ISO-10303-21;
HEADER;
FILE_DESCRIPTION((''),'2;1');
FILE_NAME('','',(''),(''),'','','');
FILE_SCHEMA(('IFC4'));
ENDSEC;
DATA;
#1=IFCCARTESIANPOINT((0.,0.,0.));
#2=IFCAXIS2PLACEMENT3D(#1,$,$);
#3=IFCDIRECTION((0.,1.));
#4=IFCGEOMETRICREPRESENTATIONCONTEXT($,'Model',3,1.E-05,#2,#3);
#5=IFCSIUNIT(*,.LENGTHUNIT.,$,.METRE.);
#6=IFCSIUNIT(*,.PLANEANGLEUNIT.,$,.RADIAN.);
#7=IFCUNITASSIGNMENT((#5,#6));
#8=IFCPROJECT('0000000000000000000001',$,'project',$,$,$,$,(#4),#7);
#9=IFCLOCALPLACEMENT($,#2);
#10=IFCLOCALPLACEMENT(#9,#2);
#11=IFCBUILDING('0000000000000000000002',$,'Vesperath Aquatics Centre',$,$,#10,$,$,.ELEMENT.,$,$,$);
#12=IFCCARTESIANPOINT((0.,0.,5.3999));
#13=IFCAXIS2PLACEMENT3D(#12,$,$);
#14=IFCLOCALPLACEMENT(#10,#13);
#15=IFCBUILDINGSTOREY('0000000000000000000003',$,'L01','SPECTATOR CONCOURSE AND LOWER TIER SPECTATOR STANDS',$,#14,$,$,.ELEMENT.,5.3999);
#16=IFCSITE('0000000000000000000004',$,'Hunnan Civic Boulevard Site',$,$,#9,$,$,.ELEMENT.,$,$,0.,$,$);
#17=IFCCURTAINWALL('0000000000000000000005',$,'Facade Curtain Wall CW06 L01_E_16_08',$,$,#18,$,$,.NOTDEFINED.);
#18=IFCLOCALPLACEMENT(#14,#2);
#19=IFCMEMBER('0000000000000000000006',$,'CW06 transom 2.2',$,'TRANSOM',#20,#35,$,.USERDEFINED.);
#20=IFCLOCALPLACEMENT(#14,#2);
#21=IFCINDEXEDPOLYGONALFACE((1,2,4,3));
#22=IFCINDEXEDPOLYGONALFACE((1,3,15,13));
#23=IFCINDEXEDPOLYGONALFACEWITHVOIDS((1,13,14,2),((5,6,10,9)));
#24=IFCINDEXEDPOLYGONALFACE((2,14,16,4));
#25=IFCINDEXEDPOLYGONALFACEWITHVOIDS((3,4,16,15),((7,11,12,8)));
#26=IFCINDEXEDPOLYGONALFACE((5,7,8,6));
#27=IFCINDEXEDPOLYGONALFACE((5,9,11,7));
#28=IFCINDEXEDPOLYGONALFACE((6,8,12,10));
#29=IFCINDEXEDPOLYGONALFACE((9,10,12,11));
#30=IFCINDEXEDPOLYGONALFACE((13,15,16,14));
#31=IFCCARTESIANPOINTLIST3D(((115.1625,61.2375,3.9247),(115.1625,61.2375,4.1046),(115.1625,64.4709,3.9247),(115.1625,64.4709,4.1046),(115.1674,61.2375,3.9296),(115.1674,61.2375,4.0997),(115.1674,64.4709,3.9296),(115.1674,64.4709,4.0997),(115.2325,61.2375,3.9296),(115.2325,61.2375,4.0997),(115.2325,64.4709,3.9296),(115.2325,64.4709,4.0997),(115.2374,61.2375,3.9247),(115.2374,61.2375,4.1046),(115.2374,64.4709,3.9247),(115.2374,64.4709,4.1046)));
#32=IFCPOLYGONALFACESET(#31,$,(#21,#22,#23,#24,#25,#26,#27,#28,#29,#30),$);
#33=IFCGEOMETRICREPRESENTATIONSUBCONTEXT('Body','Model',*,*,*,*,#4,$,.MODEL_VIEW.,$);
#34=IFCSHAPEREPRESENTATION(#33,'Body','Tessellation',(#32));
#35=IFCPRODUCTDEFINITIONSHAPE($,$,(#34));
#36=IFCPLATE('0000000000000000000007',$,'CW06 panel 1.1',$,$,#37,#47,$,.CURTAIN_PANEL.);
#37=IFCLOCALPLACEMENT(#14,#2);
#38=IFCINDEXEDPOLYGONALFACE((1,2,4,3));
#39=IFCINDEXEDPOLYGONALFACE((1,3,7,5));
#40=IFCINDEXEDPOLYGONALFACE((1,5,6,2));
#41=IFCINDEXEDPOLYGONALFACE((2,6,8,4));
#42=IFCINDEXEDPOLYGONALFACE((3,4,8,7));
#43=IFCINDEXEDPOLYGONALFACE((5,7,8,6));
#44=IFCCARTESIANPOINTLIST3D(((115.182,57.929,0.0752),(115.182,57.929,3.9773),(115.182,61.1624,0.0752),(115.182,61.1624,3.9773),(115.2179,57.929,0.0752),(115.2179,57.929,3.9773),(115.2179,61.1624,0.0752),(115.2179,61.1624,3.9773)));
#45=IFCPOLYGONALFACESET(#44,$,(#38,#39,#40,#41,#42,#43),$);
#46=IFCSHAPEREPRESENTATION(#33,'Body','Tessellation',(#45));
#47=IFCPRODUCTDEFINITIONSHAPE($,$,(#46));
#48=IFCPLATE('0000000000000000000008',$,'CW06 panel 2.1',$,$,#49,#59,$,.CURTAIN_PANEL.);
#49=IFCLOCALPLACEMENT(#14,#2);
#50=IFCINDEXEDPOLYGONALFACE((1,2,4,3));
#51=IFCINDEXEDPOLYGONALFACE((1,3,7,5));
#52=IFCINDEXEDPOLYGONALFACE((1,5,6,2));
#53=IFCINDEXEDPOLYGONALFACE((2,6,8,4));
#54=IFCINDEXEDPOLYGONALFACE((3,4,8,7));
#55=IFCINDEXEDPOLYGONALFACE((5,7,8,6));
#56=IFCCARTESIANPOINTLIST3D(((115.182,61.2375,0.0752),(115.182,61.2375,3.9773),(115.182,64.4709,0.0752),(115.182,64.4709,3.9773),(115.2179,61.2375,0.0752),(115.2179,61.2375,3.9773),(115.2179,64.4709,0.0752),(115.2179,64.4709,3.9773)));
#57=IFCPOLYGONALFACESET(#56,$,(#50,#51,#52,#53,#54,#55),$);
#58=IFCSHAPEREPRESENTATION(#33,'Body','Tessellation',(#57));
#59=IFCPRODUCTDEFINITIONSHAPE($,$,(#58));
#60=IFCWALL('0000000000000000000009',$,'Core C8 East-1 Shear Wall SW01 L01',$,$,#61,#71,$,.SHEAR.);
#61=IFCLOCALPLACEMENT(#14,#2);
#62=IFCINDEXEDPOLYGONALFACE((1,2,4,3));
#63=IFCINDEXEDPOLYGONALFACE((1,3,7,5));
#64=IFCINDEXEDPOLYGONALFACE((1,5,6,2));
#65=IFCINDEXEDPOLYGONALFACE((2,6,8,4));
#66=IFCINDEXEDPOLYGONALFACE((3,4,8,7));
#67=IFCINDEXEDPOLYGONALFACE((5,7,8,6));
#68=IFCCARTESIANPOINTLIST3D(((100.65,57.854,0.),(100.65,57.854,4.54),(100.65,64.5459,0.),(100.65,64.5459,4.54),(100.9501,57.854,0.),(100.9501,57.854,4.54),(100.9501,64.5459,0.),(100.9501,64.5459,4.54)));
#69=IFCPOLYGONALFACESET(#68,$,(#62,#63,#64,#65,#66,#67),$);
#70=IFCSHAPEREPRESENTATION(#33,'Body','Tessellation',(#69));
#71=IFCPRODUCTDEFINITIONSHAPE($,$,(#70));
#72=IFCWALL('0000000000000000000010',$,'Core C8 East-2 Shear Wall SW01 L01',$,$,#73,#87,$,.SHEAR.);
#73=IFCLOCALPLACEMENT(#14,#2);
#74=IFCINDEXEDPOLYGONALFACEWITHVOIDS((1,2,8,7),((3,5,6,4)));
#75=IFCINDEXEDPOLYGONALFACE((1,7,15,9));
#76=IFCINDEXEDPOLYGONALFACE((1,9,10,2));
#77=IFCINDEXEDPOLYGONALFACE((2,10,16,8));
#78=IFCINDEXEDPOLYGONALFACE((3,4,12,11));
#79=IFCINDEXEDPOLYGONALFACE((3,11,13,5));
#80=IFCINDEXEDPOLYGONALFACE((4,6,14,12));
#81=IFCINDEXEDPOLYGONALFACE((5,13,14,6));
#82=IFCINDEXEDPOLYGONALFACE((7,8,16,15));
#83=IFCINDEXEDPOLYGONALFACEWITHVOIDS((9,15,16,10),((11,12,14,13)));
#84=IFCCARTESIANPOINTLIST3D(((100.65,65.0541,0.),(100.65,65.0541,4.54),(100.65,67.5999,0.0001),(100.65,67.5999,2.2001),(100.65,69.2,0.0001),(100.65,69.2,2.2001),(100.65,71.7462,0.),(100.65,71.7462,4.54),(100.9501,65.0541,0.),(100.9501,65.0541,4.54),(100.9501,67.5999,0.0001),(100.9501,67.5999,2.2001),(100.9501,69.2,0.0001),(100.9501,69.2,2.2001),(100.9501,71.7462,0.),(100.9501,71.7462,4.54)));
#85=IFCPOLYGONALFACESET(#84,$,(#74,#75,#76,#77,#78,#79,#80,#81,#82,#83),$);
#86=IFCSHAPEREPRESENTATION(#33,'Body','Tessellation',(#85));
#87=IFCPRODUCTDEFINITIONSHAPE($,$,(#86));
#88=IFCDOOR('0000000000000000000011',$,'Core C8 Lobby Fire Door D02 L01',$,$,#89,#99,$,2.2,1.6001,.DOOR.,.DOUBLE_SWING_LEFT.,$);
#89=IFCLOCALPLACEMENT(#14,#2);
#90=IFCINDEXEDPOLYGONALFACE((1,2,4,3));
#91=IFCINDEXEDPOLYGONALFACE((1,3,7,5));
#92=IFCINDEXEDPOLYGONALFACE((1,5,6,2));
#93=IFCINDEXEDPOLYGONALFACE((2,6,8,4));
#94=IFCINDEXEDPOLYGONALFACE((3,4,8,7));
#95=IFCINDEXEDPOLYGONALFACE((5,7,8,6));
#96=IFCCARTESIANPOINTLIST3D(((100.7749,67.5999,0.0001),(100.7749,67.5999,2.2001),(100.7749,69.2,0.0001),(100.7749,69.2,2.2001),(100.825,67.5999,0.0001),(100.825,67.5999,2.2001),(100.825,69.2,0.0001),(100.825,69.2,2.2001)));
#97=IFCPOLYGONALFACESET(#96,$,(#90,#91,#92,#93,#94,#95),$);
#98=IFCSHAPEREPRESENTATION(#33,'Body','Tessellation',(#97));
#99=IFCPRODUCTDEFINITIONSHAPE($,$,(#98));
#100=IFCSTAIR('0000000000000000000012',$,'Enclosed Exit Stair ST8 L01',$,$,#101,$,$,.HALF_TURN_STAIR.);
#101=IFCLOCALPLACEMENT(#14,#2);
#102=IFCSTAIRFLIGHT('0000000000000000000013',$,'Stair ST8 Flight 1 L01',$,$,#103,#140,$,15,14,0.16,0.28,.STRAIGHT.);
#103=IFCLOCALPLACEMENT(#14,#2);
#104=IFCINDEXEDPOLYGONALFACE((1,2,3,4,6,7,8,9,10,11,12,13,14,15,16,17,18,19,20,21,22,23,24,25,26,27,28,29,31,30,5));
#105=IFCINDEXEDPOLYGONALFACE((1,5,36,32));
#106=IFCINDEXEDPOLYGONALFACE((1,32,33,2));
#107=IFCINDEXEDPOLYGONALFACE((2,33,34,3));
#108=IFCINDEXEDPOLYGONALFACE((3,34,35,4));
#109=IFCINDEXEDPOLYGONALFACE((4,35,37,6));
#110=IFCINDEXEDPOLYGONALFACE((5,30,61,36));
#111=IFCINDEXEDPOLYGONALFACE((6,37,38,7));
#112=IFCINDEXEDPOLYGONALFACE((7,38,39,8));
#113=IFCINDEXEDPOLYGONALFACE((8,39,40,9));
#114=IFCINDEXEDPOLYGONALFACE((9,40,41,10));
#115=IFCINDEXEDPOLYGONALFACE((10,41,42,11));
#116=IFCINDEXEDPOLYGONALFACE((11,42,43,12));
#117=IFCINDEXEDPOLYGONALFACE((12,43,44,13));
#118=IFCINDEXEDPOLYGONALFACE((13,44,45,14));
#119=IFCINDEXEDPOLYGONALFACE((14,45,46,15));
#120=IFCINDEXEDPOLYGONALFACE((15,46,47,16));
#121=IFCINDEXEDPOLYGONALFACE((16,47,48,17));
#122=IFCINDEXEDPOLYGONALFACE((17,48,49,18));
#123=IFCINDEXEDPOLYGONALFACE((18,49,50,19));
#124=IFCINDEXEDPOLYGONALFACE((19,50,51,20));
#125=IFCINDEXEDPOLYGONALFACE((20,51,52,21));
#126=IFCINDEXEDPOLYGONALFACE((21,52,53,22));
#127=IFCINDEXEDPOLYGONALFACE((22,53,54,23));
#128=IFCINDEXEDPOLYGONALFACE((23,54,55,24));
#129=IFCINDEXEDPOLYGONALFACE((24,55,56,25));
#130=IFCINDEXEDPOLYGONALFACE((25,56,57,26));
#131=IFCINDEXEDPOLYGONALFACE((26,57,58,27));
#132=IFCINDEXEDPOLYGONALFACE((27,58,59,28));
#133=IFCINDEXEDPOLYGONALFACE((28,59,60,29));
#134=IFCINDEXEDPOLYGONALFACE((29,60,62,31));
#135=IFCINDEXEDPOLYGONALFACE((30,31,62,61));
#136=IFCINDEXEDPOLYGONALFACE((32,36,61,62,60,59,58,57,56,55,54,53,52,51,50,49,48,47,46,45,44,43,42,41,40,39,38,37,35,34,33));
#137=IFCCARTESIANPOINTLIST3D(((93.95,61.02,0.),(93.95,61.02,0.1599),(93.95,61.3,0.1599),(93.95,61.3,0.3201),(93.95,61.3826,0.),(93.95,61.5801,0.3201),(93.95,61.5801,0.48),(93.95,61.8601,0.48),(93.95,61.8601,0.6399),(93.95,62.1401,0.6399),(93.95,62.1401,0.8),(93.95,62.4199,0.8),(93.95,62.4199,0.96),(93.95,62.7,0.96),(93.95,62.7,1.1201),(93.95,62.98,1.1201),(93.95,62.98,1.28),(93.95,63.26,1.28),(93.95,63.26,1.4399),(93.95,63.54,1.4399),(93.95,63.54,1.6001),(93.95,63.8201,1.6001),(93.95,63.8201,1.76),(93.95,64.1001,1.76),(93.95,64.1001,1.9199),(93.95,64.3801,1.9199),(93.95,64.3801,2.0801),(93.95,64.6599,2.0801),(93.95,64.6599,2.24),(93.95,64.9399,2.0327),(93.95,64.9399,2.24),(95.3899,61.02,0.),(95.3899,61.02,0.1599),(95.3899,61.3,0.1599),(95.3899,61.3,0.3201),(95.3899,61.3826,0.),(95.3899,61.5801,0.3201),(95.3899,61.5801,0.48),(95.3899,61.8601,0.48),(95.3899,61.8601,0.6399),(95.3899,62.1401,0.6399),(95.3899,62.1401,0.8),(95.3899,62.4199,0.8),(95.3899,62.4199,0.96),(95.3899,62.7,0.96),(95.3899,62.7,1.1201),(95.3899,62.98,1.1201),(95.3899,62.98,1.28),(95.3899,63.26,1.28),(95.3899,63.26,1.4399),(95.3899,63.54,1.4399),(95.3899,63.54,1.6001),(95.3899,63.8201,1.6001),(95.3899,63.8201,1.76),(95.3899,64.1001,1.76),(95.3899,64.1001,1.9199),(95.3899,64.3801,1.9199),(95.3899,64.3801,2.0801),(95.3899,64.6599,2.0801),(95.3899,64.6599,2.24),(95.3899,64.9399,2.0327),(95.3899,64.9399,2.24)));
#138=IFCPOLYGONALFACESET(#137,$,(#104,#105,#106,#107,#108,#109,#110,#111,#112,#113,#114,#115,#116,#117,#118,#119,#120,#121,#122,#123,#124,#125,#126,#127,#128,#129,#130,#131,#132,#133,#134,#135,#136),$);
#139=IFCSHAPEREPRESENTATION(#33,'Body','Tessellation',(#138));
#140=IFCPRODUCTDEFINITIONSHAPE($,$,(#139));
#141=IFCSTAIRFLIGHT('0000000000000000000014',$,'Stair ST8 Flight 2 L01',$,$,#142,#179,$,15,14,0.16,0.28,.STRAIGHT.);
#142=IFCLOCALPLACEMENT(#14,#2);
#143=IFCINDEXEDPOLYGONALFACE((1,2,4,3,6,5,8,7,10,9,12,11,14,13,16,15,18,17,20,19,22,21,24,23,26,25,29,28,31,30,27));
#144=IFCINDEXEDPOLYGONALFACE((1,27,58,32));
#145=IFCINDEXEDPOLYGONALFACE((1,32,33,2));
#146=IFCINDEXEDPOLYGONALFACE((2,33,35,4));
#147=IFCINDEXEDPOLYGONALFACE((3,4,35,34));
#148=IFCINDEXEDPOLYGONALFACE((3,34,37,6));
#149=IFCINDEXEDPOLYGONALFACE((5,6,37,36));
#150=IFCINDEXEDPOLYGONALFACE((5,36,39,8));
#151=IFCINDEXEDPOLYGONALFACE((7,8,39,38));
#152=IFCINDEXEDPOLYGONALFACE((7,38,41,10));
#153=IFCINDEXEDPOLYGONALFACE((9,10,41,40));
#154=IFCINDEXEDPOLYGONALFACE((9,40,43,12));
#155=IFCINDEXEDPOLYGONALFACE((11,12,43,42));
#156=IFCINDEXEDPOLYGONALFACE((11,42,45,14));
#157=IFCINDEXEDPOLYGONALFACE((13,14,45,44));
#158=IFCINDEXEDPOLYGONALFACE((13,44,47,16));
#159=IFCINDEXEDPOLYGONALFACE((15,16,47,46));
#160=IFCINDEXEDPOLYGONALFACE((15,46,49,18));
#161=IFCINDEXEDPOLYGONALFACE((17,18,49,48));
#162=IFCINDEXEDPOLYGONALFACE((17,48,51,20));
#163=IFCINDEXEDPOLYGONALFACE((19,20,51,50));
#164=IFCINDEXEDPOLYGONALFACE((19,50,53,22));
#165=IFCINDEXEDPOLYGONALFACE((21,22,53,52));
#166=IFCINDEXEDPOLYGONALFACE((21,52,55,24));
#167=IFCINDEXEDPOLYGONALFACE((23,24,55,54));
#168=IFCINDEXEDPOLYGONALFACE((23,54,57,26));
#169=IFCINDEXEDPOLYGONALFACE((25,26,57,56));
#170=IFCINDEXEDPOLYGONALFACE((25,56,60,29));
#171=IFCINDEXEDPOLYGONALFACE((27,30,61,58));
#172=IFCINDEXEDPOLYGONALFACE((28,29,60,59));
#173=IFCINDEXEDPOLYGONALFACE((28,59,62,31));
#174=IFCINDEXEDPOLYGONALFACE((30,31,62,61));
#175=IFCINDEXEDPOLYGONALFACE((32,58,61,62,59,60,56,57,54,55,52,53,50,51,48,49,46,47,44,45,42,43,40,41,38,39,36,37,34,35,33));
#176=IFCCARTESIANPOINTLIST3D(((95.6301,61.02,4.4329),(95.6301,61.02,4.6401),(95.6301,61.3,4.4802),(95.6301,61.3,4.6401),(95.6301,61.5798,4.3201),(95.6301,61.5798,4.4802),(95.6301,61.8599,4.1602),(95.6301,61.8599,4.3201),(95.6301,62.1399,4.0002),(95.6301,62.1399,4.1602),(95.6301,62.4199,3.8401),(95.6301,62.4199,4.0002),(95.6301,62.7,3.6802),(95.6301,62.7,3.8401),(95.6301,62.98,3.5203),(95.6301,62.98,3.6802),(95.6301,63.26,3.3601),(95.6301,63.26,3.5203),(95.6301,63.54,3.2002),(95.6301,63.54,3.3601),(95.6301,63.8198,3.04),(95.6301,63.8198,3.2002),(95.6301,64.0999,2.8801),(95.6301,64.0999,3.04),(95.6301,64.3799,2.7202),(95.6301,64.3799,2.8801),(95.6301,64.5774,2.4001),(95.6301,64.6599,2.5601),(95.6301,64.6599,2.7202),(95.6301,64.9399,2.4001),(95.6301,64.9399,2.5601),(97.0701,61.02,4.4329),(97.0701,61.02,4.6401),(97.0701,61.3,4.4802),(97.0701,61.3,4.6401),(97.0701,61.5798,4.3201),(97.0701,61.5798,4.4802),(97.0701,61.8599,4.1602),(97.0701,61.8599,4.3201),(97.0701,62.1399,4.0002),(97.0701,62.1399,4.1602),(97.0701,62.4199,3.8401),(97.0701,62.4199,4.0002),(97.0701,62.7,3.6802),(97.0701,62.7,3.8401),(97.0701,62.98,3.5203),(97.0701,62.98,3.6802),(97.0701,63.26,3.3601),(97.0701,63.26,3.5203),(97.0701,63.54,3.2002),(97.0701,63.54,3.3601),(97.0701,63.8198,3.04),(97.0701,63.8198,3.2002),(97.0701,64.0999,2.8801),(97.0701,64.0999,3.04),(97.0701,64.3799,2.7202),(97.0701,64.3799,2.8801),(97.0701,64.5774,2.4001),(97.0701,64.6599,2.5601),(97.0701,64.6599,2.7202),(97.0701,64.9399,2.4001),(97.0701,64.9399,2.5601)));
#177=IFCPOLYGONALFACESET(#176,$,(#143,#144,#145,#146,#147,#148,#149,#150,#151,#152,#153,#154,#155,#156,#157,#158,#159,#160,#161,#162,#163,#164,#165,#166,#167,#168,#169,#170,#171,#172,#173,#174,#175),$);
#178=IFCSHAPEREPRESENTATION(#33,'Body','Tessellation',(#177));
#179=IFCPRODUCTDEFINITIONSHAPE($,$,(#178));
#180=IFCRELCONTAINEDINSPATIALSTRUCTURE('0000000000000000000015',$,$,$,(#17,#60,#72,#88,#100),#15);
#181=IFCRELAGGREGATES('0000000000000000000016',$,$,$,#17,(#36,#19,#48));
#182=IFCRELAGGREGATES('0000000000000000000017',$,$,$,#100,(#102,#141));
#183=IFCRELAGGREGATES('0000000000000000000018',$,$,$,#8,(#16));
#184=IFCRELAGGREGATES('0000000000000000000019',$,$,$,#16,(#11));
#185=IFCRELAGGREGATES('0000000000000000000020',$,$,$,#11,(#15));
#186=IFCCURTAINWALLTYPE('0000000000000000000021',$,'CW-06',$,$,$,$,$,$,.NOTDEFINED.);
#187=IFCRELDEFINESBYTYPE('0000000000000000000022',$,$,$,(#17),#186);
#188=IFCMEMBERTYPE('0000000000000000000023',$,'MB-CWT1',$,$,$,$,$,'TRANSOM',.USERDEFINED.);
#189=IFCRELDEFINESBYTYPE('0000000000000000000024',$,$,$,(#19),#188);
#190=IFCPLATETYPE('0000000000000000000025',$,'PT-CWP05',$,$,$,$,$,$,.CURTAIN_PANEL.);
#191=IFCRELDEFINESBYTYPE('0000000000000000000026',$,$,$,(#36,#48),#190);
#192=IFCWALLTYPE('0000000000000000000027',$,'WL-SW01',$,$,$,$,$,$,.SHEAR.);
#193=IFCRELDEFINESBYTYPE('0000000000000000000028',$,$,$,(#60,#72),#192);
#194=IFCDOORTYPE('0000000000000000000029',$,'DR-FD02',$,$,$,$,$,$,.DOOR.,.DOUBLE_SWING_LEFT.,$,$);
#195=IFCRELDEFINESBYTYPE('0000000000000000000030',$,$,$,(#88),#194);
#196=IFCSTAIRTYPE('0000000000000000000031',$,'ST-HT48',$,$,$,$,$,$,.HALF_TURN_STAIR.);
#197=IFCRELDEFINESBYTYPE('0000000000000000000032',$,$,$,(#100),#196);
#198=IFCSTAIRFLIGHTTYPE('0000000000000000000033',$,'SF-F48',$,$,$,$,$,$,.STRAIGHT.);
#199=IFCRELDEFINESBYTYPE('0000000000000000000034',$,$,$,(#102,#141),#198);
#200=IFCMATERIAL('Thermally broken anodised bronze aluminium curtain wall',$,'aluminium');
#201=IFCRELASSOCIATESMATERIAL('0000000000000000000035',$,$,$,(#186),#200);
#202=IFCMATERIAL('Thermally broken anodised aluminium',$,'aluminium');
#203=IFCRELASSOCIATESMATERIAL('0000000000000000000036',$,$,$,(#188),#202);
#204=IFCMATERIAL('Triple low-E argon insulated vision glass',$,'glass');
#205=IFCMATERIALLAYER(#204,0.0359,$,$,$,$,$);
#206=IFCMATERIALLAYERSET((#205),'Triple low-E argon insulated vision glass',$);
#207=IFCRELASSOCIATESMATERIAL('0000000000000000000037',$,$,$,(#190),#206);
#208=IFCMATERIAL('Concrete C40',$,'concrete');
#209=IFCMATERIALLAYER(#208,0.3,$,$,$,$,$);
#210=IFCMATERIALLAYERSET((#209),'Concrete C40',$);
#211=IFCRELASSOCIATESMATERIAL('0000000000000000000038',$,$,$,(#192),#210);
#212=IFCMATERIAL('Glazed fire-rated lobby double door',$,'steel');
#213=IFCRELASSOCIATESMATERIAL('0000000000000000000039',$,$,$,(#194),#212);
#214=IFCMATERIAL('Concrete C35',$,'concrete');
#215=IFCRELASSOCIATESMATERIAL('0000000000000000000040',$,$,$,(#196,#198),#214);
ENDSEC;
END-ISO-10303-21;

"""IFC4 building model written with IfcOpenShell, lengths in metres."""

from ifc_helpers import new_model, si_unit, direction, frame, frame_2d, origin, origin_2d, place, context, subcontext, project, spatial, polyline, rectangle, hollow_rectangle, outline, extrude, material, layer, layer_set, material_profile, profile_set, type_object, element, fill, aggregate, save


model = new_model("IFC4")

# Units and contexts
model_context = context("Model", 3, precision=1e-05, world=origin(), true_north=direction((0.0, 1.0)))
body_context = subcontext(model_context, "Body", "Model", "MODEL_VIEW")
ifc_project = project(units=[si_unit("LENGTHUNIT", "METRE"), si_unit("PLANEANGLEUNIT", "RADIAN")], contexts=[model_context])

# Site, building, storey
site_placement = place(None, origin())
site = spatial("IfcSite", under=ifc_project, at=site_placement, Name="Hunnan Civic Boulevard Site", CompositionType="ELEMENT", RefElevation=0.0)
building_placement = place(site_placement, origin())
building = spatial("IfcBuilding", under=site, at=building_placement, Name="Vesperath Aquatics Centre", CompositionType="ELEMENT")
storey_placement = place(building_placement, frame((0.0, 0.0, 5.3999)))
storey = spatial("IfcBuildingStorey", under=building, at=storey_placement, Name="L01", Description="SPECTATOR CONCOURSE AND LOWER TIER SPECTATOR STANDS", CompositionType="ELEMENT", Elevation=5.3999)

# Shared definitions
ifc_material_1 = material(Name="Concrete C35", Category="concrete")

# Curtain wall, member, plates
ifc_material_2 = material(Name="Thermally broken anodised bronze aluminium curtain wall", Category="aluminium")
curtain_wall_type = type_object("IfcCurtainWallType", Name="CW-06", PredefinedType="NOTDEFINED", material=ifc_material_2)
curtain_wall_placement = place(storey_placement, origin())
curtain_wall = element("IfcCurtainWall", 1, at=curtain_wall_placement, inside=storey, type_object=curtain_wall_type, Name="Facade Curtain Wall CW06 L01_E_16_08", PredefinedType="NOTDEFINED")
ifc_material_3 = material(Name="Thermally broken anodised aluminium", Category="aluminium")
ifc_material_profile_1 = material_profile(ifc_material_3, hollow_rectangle(XDim=0.075, YDim=0.1799, WallThickness=0.0049, at=origin_2d()), Name="CWT 75x180x5")
ifc_profile_set_1 = profile_set([ifc_material_profile_1], Name="Thermally broken anodised aluminium")
member_type_1 = type_object("IfcMemberType", Name="MB-CWT1", ElementType="TRANSOM", PredefinedType="USERDEFINED", material=ifc_profile_set_1)
member_1_placement = place(storey_placement, frame((115.2, 61.2375, 4.0146), z_axis=(0.0, 1.0, 0.0), x_axis=(-1.0, 0.0, 0.0)))
member_1 = element("IfcMember", 2, at=member_1_placement, type_object=member_type_1, Name="CW06 transom 2.2", ObjectType="TRANSOM", PredefinedType="USERDEFINED", context=body_context, shape_type="SweptSolid", body=[
    extrude(hollow_rectangle(XDim=0.075, YDim=0.1799, WallThickness=0.0049, at=origin_2d()), origin(), (0.0, 0.0, 1.0), 3.2334),
])
ifc_material_4 = material(Name="Triple low-E argon insulated vision glass", Category="glass")
ifc_layer_1 = layer(ifc_material_4, 0.0359)
ifc_layer_set_1 = layer_set([ifc_layer_1], Name="Triple low-E argon insulated vision glass")
plate_type = type_object("IfcPlateType", Name="PT-CWP05", PredefinedType="CURTAIN_PANEL", material=ifc_layer_set_1)
plate_1_placement = place(storey_placement, frame((115.2, 59.5457, 0.0752), z_axis=(0.0, 0.0, 1.0), x_axis=(0.0, 1.0, 0.0)))
plate_1 = element("IfcPlate", 3, at=plate_1_placement, type_object=plate_type, Name="CW06 panel 1.1", PredefinedType="CURTAIN_PANEL", context=body_context, shape_type="SweptSolid", body=[
    extrude(rectangle(XDim=3.2334, YDim=0.0359, at=origin_2d()), origin(), (0.0, 0.0, 1.0), 3.9021),
])
plate_2_placement = place(storey_placement, frame((115.2, 62.8542, 0.0752), z_axis=(0.0, 0.0, 1.0), x_axis=(0.0, 1.0, 0.0)))
plate_2 = element("IfcPlate", 4, at=plate_2_placement, type_object=plate_type, Name="CW06 panel 2.1", PredefinedType="CURTAIN_PANEL", context=body_context, shape_type="SweptSolid", body=[
    extrude(rectangle(XDim=3.2334, YDim=0.0359, at=origin_2d()), origin(), (0.0, 0.0, 1.0), 3.9021),
])
aggregate(curtain_wall, [plate_1, member_1, plate_2])

# Wall
ifc_material_5 = material(Name="Concrete C40", Category="concrete")
ifc_layer_2 = layer(ifc_material_5, 0.3)
ifc_layer_set_2 = layer_set([ifc_layer_2], Name="Concrete C40")
wall_type = type_object("IfcWallType", Name="WL-SW01", PredefinedType="SHEAR", material=ifc_layer_set_2)
wall_1_placement = place(storey_placement, frame((100.8, 57.854, 0.0), z_axis=(0.0, 0.0, 1.0), x_axis=(0.0, 1.0, 0.0)))
element("IfcWall", 5, at=wall_1_placement, inside=storey, type_object=wall_type, Name="Core C8 East-1 Shear Wall SW01 L01", PredefinedType="SHEAR", context=body_context, shape_type="SweptSolid", body=[
    extrude(rectangle(XDim=6.6919, YDim=0.3, at=frame_2d((3.3459, 0.0))), origin(), (0.0, 0.0, 1.0), 4.54),
])

# Wall, opening, door
wall_2_placement = place(storey_placement, frame((100.8, 65.054, 0.0), z_axis=(0.0, 0.0, 1.0), x_axis=(0.0, 1.0, 0.0)))
wall_2 = element("IfcWall", 6, at=wall_2_placement, inside=storey, type_object=wall_type, Name="Core C8 East-2 Shear Wall SW01 L01", PredefinedType="SHEAR", context=body_context, shape_type="SweptSolid", body=[
    extrude(rectangle(XDim=6.6921, YDim=0.3, at=frame_2d((3.3462, 0.0))), origin(), (0.0, 0.0, 1.0), 4.54),
])
opening_placement = place(wall_2_placement, frame((2.5459, 0.0, 0.0)))
opening = element("IfcOpeningElement", 7, at=opening_placement, cuts=wall_2, PredefinedType="OPENING", context=body_context, shape_type="SweptSolid", body=[
    extrude(rectangle(XDim=1.6001, YDim=2.2, at=frame_2d((0.8, 1.1001))), frame((0.0, 0.165, 0.0), z_axis=(0.0, -1.0, 0.0), x_axis=(1.0, 0.0, 0.0)), (0.0, 0.0, 1.0), 0.3298),
])
ifc_material_6 = material(Name="Glazed fire-rated lobby double door", Category="steel")
door_type = type_object("IfcDoorType", Name="DR-FD02", OperationType="DOUBLE_SWING_LEFT", PredefinedType="DOOR", material=ifc_material_6)
door_placement = place(opening_placement, frame((1.6001, 0.0, 0.0), z_axis=(0.0, 0.0, 1.0), x_axis=(-1.0, 0.0, 0.0)))
door = element("IfcDoor", 8, at=door_placement, inside=storey, type_object=door_type, Name="Core C8 Lobby Fire Door D02 L01", OperationType="DOUBLE_SWING_LEFT", OverallHeight=2.2, OverallWidth=1.6001, PredefinedType="DOOR", context=body_context, shape_type="SweptSolid", body=[
    extrude(rectangle(XDim=1.6001, YDim=2.2, at=frame_2d((0.8, 1.1001))), frame((0.0, 0.0249, 0.0), z_axis=(0.0, -1.0, 0.0), x_axis=(1.0, 0.0, 0.0)), (0.0, 0.0, 1.0), 0.05),
])
fill(opening, door)

# Stair, stair flights
stair_type = type_object("IfcStairType", Name="ST-HT48", PredefinedType="HALF_TURN_STAIR", material=ifc_material_1)
stair_placement = place(storey_placement, origin())
stair = element("IfcStair", 9, at=stair_placement, inside=storey, type_object=stair_type, Name="Enclosed Exit Stair ST8 L01", PredefinedType="HALF_TURN_STAIR")
stair_flight_type = type_object("IfcStairFlightType", Name="SF-F48", PredefinedType="STRAIGHT", material=ifc_material_1)
stair_flight_1_placement = place(storey_placement, frame((94.6699, 61.02, 0.0), z_axis=(0.0, 0.0, 1.0), x_axis=(0.0, 1.0, 0.0)))
stair_flight_1 = element("IfcStairFlight", 10, at=stair_flight_1_placement, type_object=stair_flight_type, Name="Stair ST8 Flight 1 L01", NumberOfRisers=15, NumberOfTreads=14, PredefinedType="STRAIGHT", RiserHeight=0.16, TreadLength=0.28, context=body_context, shape_type="SweptSolid", body=[
    extrude(outline(polyline([(0.0, 0.0), (0.0, 0.1599), (0.28, 0.1599), (0.28, 0.3201), (0.5601, 0.3201), (0.5601, 0.48), (0.8401, 0.48), (0.8401, 0.6399), (1.1201, 0.6399), (1.1201, 0.8), (1.3999, 0.8), (1.3999, 0.96), (1.6799, 0.96), (1.6799, 1.1201), (1.96, 1.1201), (1.96, 1.28), (2.24, 1.28), (2.24, 1.4399), (2.52, 1.4399), (2.52, 1.6001), (2.8, 1.6001), (2.8, 1.76), (3.0801, 1.76), (3.0801, 1.9199), (3.3601, 1.9199), (3.3601, 2.0801), (3.6399, 2.0801), (3.6399, 2.24), (3.9199, 2.24), (3.9199, 2.3999), (3.9199, 2.0327), (0.3625, 0.0), (0.0, 0.0)])), frame((0.0, 0.72, 0.0), z_axis=(0.0, -1.0, 0.0), x_axis=(1.0, 0.0, 0.0)), (0.0, 0.0, 1.0), 1.4399),
])
stair_flight_2_placement = place(storey_placement, frame((96.3501, 64.9399, 2.4001), z_axis=(0.0, 0.0, 1.0), x_axis=(0.0, -1.0, 0.0)))
stair_flight_2 = element("IfcStairFlight", 11, at=stair_flight_2_placement, type_object=stair_flight_type, Name="Stair ST8 Flight 2 L01", NumberOfRisers=15, NumberOfTreads=14, PredefinedType="STRAIGHT", RiserHeight=0.16, TreadLength=0.28, context=body_context, shape_type="SweptSolid", body=[
    extrude(outline(polyline([(0.0, 0.0), (0.0, 0.1599), (0.28, 0.1599), (0.28, 0.3201), (0.5601, 0.3201), (0.5601, 0.48), (0.8401, 0.48), (0.8401, 0.6399), (1.1201, 0.6399), (1.1201, 0.8), (1.3999, 0.8), (1.3999, 0.96), (1.6799, 0.96), (1.6799, 1.1201), (1.96, 1.1201), (1.96, 1.28), (2.24, 1.28), (2.24, 1.4399), (2.52, 1.4399), (2.52, 1.6001), (2.8, 1.6001), (2.8, 1.76), (3.0801, 1.76), (3.0801, 1.9199), (3.3601, 1.9199), (3.3601, 2.0801), (3.6399, 2.0801), (3.6399, 2.24), (3.9199, 2.24), (3.9199, 2.3999), (3.9199, 2.0327), (0.3625, 0.0), (0.0, 0.0)])), frame((0.0, 0.72, 0.0), z_axis=(0.0, -1.0, 0.0), x_axis=(1.0, 0.0, 0.0)), (0.0, 0.0, 1.0), 1.4399),
])
aggregate(stair, [stair_flight_1, stair_flight_2])

save(model, "model.ifc")
